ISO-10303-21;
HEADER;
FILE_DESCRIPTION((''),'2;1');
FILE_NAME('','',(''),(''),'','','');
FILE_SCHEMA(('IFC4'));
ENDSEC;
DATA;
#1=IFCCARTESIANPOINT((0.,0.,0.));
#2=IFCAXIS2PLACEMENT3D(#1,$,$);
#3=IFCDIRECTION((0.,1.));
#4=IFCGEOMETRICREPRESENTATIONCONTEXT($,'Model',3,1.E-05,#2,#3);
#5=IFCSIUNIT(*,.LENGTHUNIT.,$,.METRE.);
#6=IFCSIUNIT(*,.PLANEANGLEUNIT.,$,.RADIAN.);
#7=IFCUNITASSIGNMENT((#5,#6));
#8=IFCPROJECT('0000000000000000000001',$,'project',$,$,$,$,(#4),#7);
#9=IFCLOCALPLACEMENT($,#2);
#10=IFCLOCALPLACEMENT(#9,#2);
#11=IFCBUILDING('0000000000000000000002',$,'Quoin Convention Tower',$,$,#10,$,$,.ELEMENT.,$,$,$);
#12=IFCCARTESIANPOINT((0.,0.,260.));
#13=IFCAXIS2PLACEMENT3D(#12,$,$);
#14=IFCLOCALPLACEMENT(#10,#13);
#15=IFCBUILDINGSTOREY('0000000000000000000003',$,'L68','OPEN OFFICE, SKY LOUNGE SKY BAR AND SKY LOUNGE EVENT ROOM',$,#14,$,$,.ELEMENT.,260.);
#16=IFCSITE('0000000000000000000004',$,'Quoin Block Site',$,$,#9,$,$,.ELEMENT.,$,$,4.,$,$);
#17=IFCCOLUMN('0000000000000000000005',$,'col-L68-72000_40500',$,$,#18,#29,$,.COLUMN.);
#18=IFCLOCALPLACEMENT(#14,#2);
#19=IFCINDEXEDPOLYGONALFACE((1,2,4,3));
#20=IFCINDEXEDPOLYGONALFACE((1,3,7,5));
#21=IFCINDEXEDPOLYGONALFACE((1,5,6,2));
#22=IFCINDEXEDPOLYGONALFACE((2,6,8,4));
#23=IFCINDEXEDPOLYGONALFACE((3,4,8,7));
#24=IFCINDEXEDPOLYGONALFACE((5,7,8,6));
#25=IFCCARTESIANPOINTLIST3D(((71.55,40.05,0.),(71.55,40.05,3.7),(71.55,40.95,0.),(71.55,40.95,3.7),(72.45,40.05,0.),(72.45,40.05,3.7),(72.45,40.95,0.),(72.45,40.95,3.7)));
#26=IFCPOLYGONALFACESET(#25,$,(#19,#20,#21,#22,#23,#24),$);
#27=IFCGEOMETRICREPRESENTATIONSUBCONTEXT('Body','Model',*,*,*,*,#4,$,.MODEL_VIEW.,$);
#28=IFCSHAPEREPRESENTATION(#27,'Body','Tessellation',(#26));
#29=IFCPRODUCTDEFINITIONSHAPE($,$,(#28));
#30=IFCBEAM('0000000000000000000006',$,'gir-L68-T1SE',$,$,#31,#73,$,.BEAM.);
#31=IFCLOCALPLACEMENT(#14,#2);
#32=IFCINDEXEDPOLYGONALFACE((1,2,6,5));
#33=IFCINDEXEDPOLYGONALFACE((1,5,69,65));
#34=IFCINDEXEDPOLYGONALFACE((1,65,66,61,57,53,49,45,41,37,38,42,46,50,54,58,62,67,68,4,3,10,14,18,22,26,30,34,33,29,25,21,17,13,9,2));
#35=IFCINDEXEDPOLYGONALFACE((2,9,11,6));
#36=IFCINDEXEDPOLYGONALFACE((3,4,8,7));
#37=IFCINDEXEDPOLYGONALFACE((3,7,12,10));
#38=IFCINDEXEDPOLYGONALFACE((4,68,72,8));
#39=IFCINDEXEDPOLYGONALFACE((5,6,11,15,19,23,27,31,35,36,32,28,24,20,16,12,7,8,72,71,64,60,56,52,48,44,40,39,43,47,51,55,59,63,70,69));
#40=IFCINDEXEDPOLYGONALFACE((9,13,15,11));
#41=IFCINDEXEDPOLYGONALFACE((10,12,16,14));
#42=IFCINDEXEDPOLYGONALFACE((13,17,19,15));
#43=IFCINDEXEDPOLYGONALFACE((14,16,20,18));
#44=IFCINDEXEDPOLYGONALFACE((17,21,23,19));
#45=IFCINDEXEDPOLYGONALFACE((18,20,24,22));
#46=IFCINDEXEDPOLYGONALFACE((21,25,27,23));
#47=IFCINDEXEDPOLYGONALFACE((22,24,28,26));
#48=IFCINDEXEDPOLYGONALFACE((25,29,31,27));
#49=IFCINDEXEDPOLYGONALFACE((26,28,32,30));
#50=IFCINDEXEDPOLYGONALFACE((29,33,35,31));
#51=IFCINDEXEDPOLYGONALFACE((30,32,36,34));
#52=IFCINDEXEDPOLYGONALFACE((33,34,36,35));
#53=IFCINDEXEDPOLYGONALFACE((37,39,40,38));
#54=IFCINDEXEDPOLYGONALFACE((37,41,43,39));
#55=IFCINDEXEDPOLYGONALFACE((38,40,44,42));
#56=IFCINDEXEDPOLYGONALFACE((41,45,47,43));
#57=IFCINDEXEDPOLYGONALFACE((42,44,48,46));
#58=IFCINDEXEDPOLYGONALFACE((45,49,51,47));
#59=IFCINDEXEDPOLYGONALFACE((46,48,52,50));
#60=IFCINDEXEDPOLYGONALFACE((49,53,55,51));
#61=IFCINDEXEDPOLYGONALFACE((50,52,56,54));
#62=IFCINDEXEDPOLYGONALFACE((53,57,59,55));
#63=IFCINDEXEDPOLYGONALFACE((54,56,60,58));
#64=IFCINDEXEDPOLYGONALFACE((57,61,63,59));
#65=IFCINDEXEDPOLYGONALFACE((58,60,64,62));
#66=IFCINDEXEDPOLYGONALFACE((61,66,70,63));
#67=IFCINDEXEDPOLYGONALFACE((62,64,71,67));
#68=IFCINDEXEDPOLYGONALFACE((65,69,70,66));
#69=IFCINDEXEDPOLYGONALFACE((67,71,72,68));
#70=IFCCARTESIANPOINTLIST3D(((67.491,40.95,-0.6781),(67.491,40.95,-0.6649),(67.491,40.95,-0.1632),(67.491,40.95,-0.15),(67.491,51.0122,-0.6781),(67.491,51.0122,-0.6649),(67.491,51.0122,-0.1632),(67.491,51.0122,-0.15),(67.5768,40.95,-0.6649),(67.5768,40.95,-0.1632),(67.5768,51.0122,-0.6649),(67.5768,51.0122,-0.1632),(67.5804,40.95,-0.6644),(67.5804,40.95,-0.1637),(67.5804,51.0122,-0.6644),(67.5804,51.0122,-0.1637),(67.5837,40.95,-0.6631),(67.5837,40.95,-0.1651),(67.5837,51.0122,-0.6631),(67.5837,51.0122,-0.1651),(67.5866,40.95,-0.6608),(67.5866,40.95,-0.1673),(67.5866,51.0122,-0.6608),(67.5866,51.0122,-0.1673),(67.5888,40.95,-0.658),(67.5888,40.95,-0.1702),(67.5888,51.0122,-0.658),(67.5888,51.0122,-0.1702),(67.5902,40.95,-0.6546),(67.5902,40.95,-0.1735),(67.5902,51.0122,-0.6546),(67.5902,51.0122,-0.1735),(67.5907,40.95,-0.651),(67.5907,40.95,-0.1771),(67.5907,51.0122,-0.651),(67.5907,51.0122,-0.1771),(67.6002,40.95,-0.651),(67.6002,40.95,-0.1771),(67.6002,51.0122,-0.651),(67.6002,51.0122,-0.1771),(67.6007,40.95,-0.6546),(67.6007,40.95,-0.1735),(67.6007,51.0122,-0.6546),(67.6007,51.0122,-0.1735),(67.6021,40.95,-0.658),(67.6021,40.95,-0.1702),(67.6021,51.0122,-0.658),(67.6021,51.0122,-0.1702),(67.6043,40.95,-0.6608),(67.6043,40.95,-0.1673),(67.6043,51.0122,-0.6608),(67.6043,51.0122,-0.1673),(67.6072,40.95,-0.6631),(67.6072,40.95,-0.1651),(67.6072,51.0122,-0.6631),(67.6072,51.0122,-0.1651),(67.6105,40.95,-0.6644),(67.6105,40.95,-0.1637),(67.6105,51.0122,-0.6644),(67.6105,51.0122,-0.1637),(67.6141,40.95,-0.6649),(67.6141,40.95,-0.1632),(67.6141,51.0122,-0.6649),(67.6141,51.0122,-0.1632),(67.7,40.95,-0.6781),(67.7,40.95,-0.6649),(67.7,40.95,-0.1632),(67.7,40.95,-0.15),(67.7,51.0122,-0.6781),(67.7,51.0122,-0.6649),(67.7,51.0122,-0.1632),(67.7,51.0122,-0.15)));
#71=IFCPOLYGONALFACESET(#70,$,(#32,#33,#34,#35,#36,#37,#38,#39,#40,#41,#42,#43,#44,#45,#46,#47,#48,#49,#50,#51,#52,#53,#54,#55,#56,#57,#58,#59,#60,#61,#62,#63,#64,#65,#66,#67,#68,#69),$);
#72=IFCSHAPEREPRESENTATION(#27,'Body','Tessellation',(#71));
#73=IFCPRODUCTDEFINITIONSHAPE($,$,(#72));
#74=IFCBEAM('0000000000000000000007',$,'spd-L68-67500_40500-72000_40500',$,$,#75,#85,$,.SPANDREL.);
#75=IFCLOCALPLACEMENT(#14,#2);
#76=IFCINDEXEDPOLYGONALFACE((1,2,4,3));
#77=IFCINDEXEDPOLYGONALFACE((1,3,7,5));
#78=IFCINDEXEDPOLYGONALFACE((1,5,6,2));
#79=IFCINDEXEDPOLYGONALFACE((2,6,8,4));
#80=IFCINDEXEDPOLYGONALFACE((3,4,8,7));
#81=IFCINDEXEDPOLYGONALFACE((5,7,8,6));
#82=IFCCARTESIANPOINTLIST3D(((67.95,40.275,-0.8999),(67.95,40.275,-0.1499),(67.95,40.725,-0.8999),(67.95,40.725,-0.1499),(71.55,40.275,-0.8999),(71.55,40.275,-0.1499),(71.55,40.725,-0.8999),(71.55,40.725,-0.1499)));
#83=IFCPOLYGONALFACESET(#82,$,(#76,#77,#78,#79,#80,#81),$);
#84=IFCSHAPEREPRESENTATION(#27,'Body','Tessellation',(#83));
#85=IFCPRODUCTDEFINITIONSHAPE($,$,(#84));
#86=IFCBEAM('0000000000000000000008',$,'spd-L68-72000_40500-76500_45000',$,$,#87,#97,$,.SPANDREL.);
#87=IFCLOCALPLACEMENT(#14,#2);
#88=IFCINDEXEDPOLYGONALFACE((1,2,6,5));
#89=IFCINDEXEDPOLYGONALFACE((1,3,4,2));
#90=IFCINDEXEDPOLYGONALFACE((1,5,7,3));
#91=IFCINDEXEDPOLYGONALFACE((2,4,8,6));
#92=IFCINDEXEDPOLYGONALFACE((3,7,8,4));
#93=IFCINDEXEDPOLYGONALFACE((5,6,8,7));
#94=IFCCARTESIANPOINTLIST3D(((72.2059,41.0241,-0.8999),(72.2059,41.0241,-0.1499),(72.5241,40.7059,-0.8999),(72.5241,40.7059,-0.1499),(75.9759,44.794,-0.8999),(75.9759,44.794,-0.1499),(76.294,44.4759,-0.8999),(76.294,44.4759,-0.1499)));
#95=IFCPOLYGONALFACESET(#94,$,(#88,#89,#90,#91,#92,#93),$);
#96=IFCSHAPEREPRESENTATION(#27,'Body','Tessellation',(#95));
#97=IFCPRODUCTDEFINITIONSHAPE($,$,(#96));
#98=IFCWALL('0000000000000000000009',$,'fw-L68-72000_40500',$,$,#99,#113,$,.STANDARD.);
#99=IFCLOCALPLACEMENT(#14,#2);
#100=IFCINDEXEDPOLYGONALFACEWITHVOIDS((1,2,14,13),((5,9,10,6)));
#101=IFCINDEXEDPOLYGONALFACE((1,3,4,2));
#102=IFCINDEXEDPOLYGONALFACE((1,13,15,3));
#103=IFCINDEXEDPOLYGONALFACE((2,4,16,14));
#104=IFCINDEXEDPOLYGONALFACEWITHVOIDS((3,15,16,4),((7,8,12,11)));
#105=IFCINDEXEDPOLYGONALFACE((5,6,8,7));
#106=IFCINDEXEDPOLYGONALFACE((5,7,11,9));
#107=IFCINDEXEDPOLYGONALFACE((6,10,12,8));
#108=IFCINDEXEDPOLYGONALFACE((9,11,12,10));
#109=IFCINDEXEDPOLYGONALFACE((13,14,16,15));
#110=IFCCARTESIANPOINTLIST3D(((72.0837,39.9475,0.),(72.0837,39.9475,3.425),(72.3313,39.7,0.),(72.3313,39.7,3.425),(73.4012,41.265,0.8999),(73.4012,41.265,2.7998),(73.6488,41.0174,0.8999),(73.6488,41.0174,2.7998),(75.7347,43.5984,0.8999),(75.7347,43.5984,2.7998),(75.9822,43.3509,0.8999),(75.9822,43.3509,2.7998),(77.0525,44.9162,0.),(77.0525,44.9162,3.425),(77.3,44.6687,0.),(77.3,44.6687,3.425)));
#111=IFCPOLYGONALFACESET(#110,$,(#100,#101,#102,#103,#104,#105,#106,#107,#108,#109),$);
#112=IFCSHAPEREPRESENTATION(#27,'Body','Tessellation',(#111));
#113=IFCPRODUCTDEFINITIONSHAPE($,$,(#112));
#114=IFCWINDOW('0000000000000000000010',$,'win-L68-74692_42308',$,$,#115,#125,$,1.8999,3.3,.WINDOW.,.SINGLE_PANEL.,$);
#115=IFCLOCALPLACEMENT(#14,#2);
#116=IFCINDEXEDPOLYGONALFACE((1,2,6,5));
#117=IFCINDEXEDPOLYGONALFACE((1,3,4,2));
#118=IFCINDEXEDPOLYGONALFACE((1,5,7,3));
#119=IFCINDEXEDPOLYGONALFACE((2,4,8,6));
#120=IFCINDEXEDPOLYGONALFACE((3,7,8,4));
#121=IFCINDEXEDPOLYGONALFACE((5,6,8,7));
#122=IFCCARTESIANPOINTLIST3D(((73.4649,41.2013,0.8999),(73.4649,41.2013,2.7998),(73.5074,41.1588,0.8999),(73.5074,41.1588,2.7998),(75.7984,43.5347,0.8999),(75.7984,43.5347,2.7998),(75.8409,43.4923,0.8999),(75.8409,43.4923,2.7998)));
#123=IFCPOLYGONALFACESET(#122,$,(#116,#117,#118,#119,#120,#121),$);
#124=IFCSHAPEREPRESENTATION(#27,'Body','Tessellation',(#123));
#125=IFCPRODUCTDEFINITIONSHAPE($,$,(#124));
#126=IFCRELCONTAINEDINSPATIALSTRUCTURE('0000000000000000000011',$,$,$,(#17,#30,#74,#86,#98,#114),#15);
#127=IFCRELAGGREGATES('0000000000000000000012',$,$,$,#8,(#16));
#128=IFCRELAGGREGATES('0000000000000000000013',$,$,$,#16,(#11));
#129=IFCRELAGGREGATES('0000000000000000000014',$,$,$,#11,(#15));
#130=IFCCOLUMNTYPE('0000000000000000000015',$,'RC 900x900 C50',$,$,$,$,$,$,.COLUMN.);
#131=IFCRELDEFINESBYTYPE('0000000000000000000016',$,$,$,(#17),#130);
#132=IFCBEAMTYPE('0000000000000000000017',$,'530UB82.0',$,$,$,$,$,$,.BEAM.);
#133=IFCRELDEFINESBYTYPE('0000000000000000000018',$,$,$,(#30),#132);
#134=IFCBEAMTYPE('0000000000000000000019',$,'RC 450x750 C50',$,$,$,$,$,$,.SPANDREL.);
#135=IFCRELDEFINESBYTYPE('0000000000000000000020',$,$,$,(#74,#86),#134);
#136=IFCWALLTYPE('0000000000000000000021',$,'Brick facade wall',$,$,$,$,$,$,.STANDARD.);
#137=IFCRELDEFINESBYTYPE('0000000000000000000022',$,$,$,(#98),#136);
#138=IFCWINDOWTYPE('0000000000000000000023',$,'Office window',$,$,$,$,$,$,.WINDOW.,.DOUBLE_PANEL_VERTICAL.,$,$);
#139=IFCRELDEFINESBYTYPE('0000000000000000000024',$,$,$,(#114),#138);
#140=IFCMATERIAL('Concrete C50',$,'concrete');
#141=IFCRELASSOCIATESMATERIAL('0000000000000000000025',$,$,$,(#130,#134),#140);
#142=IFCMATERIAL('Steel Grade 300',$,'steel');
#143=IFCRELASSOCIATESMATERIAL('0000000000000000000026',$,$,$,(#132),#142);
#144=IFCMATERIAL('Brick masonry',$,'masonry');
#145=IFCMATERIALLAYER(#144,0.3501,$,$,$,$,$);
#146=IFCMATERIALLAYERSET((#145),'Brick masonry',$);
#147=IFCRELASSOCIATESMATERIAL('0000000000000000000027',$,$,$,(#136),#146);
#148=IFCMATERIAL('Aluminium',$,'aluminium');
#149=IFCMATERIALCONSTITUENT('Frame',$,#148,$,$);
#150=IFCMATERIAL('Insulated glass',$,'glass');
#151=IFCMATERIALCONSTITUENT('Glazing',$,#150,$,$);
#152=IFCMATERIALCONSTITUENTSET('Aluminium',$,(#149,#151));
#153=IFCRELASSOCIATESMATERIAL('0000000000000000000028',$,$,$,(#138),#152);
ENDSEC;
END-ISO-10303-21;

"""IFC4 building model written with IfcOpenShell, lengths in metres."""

from ifc_helpers import new_model, si_unit, direction, frame, frame_2d, origin, origin_2d, place, context, subcontext, project, spatial, rectangle, i_section, extrude, material, layer, layer_set, constituent, constituent_set, material_profile, profile_set, type_object, element, fill, save


model = new_model("IFC4")

# Units and contexts
model_context = context("Model", 3, precision=1e-05, world=origin(), true_north=direction((0.0, 1.0)))
body_context = subcontext(model_context, "Body", "Model", "MODEL_VIEW")
ifc_project = project(units=[si_unit("LENGTHUNIT", "METRE"), si_unit("PLANEANGLEUNIT", "RADIAN")], contexts=[model_context])

# Site, building, storey
site_placement = place(None, origin())
site = spatial("IfcSite", under=ifc_project, at=site_placement, Name="Quoin Block Site", CompositionType="ELEMENT", RefElevation=4.0)
building_placement = place(site_placement, origin())
building = spatial("IfcBuilding", under=site, at=building_placement, Name="Quoin Convention Tower", CompositionType="ELEMENT")
storey_placement = place(building_placement, frame((0.0, 0.0, 260.0)))
storey = spatial("IfcBuildingStorey", under=building, at=storey_placement, Name="L68", Description="OPEN OFFICE, SKY LOUNGE SKY BAR AND SKY LOUNGE EVENT ROOM", CompositionType="ELEMENT", Elevation=260.0)

# Column
ifc_material_1 = material(Name="Concrete C50", Category="concrete")
ifc_material_profile_1 = material_profile(ifc_material_1, rectangle(XDim=0.8999, YDim=0.8999, at=origin_2d()), Name="RC 900x900")
ifc_profile_set_1 = profile_set([ifc_material_profile_1], Name="Concrete C50")
column_type = type_object("IfcColumnType", Name="RC 900x900 C50", PredefinedType="COLUMN", material=ifc_profile_set_1)
column_placement = place(storey_placement, frame((72.0, 40.5, 0.0), z_axis=(0.0, 0.0, 1.0), x_axis=(1.0, 0.0, 0.0)))
element("IfcColumn", 1, at=column_placement, inside=storey, type_object=column_type, Name="col-L68-72000_40500", PredefinedType="COLUMN", context=body_context, shape_type="SweptSolid", body=[
    extrude(rectangle(XDim=0.8999, YDim=0.8999, at=origin_2d()), origin(), (0.0, 0.0, 1.0), 3.7),
])

# Beams
ifc_material_2 = material(Name="Steel Grade 300", Category="steel")
ifc_material_profile_2 = material_profile(ifc_material_2, i_section(OverallWidth=0.209, OverallDepth=0.5281, WebThickness=0.0095, FlangeThickness=0.0132, FilletRadius=0.0139, at=origin_2d()), Name="530UB82.0")
ifc_profile_set_2 = profile_set([ifc_material_profile_2], Name="Steel Grade 300")
beam_type_1 = type_object("IfcBeamType", Name="530UB82.0", PredefinedType="BEAM", material=ifc_profile_set_2)
beam_1_placement = place(storey_placement, frame((67.5955, 40.95, -0.4141), z_axis=(0.0, 1.0, 0.0), x_axis=(-1.0, 0.0, 0.0)))
element("IfcBeam", 2, at=beam_1_placement, inside=storey, type_object=beam_type_1, Name="gir-L68-T1SE", PredefinedType="BEAM", context=body_context, shape_type="SweptSolid", body=[
    extrude(i_section(OverallWidth=0.209, OverallDepth=0.5281, WebThickness=0.0095, FlangeThickness=0.0132, FilletRadius=0.0139, at=origin_2d()), origin(), (0.0, 0.0, 1.0), 10.0623),
])
ifc_material_profile_3 = material_profile(ifc_material_1, rectangle(XDim=0.45, YDim=0.75, at=origin_2d()), Name="RC 450x750")
ifc_profile_set_3 = profile_set([ifc_material_profile_3], Name="Concrete C50")
beam_type_2 = type_object("IfcBeamType", Name="RC 450x750 C50", PredefinedType="SPANDREL", material=ifc_profile_set_3)
beam_2_placement = place(storey_placement, frame((67.95, 40.5, -0.5249), z_axis=(1.0, 0.0, 0.0), x_axis=(0.0, 1.0, 0.0)))
element("IfcBeam", 3, at=beam_2_placement, inside=storey, type_object=beam_type_2, Name="spd-L68-67500_40500-72000_40500", PredefinedType="SPANDREL", context=body_context, shape_type="SweptSolid", body=[
    extrude(rectangle(XDim=0.45, YDim=0.75, at=origin_2d()), origin(), (0.0, 0.0, 1.0), 3.6001),
])
beam_3_placement = place(storey_placement, frame((72.365, 40.865, -0.5249), z_axis=(0.707107, 0.707107, 0.0), x_axis=(-0.707107, 0.707107, 0.0)))
element("IfcBeam", 4, at=beam_3_placement, inside=storey, type_object=beam_type_2, Name="spd-L68-72000_40500-76500_45000", PredefinedType="SPANDREL", context=body_context, shape_type="SweptSolid", body=[
    extrude(rectangle(XDim=0.45, YDim=0.75, at=origin_2d()), origin(), (0.0, 0.0, 1.0), 5.3315),
])

# Wall, opening, window
ifc_material_3 = material(Name="Brick masonry", Category="masonry")
ifc_layer_1 = layer(ifc_material_3, 0.3501)
ifc_layer_set_1 = layer_set([ifc_layer_1], Name="Brick masonry")
wall_type_1 = type_object("IfcWallType", Name="Brick facade wall", PredefinedType="STANDARD", material=ifc_layer_set_1)
wall_1_placement = place(storey_placement, frame((72.2075, 39.8237, 0.0), z_axis=(0.0, 0.0, 1.0), x_axis=(0.707107, 0.707107, 0.0)))
wall_1 = element("IfcWall", 5, at=wall_1_placement, inside=storey, type_object=wall_type_1, Name="fw-L68-72000_40500", PredefinedType="STANDARD", context=body_context, shape_type="SweptSolid", body=[
    extrude(rectangle(XDim=7.0269, YDim=0.3501, at=frame_2d((3.5134, 0.0))), origin(), (0.0, 0.0, 1.0), 3.425),
])
opening_1_placement = place(wall_1_placement, frame((1.8633, 0.0, 0.8999)))
opening_1 = element("IfcOpeningElement", 6, at=opening_1_placement, cuts=wall_1, PredefinedType="OPENING", context=body_context, shape_type="SweptSolid", body=[
    extrude(rectangle(XDim=3.3, YDim=1.8999, at=frame_2d((1.6499, 0.95))), frame((0.0, 0.1851, 0.0), z_axis=(0.0, -1.0, 0.0), x_axis=(1.0, 0.0, 0.0)), (0.0, 0.0, 1.0), 0.3701),
])
ifc_material_4 = material(Name="Aluminium", Category="aluminium")
ifc_constituent_1 = constituent(ifc_material_4, Name="Frame")
ifc_material_5 = material(Name="Insulated glass", Category="glass")
ifc_constituent_2 = constituent(ifc_material_5, Name="Glazing")
ifc_constituent_set = constituent_set(constituents=[ifc_constituent_1, ifc_constituent_2], Name="Aluminium")
window_type = type_object("IfcWindowType", Name="Office window", PartitioningType="DOUBLE_PANEL_VERTICAL", PredefinedType="WINDOW", material=ifc_constituent_set)
window_1_placement = place(opening_1_placement, origin())
window_1 = element("IfcWindow", 7, at=window_1_placement, inside=storey, type_object=window_type, Name="win-L68-74692_42308", OverallHeight=1.8999, OverallWidth=3.3, PartitioningType="SINGLE_PANEL", PredefinedType="WINDOW", context=body_context, shape_type="SweptSolid", body=[
    extrude(rectangle(XDim=3.3, YDim=1.8999, at=frame_2d((1.6499, 0.95))), frame((0.0, 0.085, 0.0), z_axis=(0.0, -1.0, 0.0), x_axis=(1.0, 0.0, 0.0)), (0.0, 0.0, 1.0), 0.0601),
])
fill(opening_1, window_1)

save(model, "model.ifc")
